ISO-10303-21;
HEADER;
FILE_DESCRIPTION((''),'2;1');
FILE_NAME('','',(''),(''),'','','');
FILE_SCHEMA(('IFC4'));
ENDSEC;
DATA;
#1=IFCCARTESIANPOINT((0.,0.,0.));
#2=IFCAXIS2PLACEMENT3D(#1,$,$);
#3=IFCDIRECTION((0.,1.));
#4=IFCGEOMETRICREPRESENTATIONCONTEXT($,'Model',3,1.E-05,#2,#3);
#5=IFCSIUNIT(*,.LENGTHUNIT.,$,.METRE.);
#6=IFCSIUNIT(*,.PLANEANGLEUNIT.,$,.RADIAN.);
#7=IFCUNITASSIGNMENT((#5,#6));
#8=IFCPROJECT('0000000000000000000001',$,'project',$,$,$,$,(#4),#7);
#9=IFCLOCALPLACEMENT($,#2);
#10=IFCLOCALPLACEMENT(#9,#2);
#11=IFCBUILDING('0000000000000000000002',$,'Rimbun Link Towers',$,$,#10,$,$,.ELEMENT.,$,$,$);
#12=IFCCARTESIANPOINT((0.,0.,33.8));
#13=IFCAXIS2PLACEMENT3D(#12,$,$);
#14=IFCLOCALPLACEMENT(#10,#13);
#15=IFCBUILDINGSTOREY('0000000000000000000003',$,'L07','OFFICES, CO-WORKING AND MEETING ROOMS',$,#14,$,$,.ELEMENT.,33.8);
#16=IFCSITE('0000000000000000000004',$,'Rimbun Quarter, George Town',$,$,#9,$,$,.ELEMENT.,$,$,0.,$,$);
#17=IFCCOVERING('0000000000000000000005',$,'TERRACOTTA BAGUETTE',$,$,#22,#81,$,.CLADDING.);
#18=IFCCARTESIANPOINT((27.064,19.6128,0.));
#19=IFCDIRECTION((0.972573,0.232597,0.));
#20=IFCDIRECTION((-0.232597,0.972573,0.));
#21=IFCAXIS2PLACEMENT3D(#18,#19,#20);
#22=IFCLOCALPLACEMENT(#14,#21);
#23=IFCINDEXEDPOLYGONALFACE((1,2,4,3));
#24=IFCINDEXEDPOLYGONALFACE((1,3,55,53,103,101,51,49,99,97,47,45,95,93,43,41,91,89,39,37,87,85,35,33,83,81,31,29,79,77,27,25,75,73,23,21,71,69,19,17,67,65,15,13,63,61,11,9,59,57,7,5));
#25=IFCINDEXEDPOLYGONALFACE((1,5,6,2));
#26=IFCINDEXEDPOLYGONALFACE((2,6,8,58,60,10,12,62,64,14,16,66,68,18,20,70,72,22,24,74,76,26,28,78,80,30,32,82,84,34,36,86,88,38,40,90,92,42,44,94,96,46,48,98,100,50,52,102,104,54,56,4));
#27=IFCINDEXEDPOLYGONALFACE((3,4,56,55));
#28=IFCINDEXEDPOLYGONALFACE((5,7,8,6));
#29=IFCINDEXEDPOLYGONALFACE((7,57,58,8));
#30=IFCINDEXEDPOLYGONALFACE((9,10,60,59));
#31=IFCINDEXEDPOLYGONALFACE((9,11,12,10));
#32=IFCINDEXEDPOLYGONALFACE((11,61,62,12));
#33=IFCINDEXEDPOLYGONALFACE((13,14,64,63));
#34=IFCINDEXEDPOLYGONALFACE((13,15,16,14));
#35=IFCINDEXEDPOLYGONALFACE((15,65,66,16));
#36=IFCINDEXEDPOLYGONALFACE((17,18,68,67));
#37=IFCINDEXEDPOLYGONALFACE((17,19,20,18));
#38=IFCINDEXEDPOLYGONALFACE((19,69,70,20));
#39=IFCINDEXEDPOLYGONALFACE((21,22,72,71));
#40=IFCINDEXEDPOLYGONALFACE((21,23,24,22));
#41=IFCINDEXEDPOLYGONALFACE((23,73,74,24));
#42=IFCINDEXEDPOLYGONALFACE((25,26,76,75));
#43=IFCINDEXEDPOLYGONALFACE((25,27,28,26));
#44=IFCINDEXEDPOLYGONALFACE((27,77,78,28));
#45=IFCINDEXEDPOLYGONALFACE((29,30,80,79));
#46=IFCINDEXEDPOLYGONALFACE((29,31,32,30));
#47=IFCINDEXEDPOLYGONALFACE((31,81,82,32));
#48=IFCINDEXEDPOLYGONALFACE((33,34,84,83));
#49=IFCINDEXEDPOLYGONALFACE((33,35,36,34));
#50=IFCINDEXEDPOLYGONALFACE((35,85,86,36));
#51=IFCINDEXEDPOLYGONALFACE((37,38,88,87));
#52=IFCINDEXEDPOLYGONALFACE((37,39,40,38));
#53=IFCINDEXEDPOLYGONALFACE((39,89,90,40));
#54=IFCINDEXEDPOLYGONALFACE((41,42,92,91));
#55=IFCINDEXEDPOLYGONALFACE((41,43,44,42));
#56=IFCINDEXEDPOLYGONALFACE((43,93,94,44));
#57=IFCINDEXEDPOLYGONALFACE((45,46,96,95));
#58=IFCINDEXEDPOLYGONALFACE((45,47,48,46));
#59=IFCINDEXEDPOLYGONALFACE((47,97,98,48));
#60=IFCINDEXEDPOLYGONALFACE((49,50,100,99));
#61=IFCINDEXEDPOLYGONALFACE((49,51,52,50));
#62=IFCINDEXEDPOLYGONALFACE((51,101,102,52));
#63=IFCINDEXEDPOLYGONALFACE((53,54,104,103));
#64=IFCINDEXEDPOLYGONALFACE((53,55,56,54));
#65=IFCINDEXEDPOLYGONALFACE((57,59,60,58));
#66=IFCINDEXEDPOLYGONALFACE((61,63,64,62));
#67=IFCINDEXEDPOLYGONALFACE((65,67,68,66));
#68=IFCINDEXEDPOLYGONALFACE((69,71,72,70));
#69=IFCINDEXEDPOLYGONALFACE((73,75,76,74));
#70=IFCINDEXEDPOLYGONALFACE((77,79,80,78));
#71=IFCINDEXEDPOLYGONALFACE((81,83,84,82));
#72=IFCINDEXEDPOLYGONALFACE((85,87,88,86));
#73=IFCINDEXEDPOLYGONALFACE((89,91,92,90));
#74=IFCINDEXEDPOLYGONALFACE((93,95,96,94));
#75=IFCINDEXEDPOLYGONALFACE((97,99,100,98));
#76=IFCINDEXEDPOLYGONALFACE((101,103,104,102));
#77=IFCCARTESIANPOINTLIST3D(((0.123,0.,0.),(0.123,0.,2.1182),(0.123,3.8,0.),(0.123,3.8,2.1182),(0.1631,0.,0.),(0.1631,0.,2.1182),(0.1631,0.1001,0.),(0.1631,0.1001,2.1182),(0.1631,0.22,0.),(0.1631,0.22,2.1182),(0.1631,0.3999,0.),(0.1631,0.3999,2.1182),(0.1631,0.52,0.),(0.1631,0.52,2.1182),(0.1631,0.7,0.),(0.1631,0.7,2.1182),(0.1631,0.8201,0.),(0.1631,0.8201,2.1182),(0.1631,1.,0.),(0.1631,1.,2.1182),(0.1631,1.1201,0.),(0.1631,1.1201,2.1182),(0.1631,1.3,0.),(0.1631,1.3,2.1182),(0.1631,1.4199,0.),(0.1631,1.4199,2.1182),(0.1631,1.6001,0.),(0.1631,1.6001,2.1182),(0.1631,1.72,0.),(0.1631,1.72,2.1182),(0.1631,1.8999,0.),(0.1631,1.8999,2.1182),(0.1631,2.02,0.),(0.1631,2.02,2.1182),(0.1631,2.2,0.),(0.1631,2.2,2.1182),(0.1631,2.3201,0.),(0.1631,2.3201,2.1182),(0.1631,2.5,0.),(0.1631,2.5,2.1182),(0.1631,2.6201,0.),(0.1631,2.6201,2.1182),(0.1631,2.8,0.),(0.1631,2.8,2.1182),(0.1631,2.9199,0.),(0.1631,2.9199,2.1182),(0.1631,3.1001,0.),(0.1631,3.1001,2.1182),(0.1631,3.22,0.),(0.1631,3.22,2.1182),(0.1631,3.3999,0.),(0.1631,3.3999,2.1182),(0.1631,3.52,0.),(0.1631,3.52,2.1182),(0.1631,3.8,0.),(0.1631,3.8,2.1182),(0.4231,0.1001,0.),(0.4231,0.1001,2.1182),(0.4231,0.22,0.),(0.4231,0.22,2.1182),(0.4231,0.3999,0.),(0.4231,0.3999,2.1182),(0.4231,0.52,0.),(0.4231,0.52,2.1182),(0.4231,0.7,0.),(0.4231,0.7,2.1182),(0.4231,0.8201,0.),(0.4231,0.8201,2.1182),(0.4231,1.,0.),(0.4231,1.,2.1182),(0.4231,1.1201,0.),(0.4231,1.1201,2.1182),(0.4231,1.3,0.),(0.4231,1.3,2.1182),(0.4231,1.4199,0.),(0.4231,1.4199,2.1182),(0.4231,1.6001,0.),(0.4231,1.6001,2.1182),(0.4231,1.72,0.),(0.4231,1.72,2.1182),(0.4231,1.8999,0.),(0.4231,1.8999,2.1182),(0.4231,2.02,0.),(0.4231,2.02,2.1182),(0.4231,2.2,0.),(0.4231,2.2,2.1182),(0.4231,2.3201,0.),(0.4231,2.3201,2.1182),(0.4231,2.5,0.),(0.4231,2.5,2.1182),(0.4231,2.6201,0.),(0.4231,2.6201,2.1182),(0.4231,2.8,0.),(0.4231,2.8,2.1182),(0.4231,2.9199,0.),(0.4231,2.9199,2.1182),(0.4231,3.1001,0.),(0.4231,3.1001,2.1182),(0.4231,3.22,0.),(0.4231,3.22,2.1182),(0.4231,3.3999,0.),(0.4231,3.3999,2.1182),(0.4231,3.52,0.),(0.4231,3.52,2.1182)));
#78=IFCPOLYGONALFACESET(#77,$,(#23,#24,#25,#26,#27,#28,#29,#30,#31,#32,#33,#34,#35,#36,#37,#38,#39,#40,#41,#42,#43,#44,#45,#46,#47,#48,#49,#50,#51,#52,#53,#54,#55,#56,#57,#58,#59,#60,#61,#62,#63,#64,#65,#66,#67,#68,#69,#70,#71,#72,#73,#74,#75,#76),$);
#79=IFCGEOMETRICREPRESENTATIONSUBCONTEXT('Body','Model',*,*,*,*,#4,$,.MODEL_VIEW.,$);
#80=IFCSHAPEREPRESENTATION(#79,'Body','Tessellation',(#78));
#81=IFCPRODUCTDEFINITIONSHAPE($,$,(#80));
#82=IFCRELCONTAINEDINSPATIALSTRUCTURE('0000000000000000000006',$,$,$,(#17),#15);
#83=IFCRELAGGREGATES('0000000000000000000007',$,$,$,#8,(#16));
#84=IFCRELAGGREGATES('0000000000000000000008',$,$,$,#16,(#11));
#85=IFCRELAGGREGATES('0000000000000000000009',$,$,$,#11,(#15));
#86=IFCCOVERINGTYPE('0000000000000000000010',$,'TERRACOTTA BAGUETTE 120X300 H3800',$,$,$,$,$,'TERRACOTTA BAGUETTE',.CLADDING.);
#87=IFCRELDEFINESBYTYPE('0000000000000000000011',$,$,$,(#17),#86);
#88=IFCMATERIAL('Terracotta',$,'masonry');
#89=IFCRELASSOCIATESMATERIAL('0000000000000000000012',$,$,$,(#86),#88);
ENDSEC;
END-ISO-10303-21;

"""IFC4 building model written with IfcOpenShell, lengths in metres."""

from ifc_helpers import new_model, si_unit, direction, frame, origin, place, context, subcontext, project, spatial, polyline, outline, extrude, material, material_profile, profile_set, type_object, element, save


model = new_model("IFC4")

# Units and contexts
model_context = context("Model", 3, precision=1e-05, world=origin(), true_north=direction((0.0, 1.0)))
body_context = subcontext(model_context, "Body", "Model", "MODEL_VIEW")
ifc_project = project(units=[si_unit("LENGTHUNIT", "METRE"), si_unit("PLANEANGLEUNIT", "RADIAN")], contexts=[model_context])

# Site, building, storey
site_placement = place(None, origin())
site = spatial("IfcSite", under=ifc_project, at=site_placement, Name="Rimbun Quarter, George Town", CompositionType="ELEMENT", RefElevation=0.0)
building_placement = place(site_placement, origin())
building = spatial("IfcBuilding", under=site, at=building_placement, Name="Rimbun Link Towers", CompositionType="ELEMENT")
storey_placement = place(building_placement, frame((0.0, 0.0, 33.8)))
storey = spatial("IfcBuildingStorey", under=building, at=storey_placement, Name="L07", Description="OFFICES, CO-WORKING AND MEETING ROOMS", CompositionType="ELEMENT", Elevation=33.8)

# Covering
ifc_material_1 = material(Name="Terracotta", Category="masonry")
ifc_material_profile_1 = material_profile(ifc_material_1, outline(polyline([(0.123, 0.0), (0.1631, 0.0), (0.1631, 0.1001), (0.4231, 0.1001), (0.4231, 0.22), (0.1631, 0.22), (0.1631, 0.3999), (0.4231, 0.3999), (0.4231, 0.52), (0.1631, 0.52), (0.1631, 0.7), (0.4231, 0.7), (0.4231, 0.8201), (0.1631, 0.8201), (0.1631, 1.0), (0.4231, 1.0), (0.4231, 1.1201), (0.1631, 1.1201), (0.1631, 1.3), (0.4231, 1.3), (0.4231, 1.4199), (0.1631, 1.4199), (0.1631, 1.6001), (0.4231, 1.6001), (0.4231, 1.72), (0.1631, 1.72), (0.1631, 1.8999), (0.4231, 1.8999), (0.4231, 2.02), (0.1631, 2.02), (0.1631, 2.2), (0.4231, 2.2), (0.4231, 2.3201), (0.1631, 2.3201), (0.1631, 2.5), (0.4231, 2.5), (0.4231, 2.6201), (0.1631, 2.6201), (0.1631, 2.8), (0.4231, 2.8), (0.4231, 2.9199), (0.1631, 2.9199), (0.1631, 3.1001), (0.4231, 3.1001), (0.4231, 3.22), (0.1631, 3.22), (0.1631, 3.3999), (0.4231, 3.3999), (0.4231, 3.52), (0.1631, 3.52), (0.1631, 3.8), (0.123, 3.8), (0.123, 0.0)])), Name="BAGUETTE 120X300")
ifc_profile_set_1 = profile_set([ifc_material_profile_1], Name="Terracotta")
covering_type = type_object("IfcCoveringType", Name="TERRACOTTA BAGUETTE 120X300 H3800", ElementType="TERRACOTTA BAGUETTE", PredefinedType="CLADDING", material=ifc_profile_set_1)
covering_1_placement = place(storey_placement, frame((27.064, 19.6128, 0.0), z_axis=(0.972573, 0.232597, 0.0), x_axis=(-0.232597, 0.972573, 0.0)))
element("IfcCovering", 1, at=covering_1_placement, inside=storey, type_object=covering_type, Name="TERRACOTTA BAGUETTE", PredefinedType="CLADDING", context=body_context, shape_type="SweptSolid", body=[
    extrude(outline(polyline([(0.123, 0.0), (0.1631, 0.0), (0.1631, 0.1001), (0.4231, 0.1001), (0.4231, 0.22), (0.1631, 0.22), (0.1631, 0.3999), (0.4231, 0.3999), (0.4231, 0.52), (0.1631, 0.52), (0.1631, 0.7), (0.4231, 0.7), (0.4231, 0.8201), (0.1631, 0.8201), (0.1631, 1.0), (0.4231, 1.0), (0.4231, 1.1201), (0.1631, 1.1201), (0.1631, 1.3), (0.4231, 1.3), (0.4231, 1.4199), (0.1631, 1.4199), (0.1631, 1.6001), (0.4231, 1.6001), (0.4231, 1.72), (0.1631, 1.72), (0.1631, 1.8999), (0.4231, 1.8999), (0.4231, 2.02), (0.1631, 2.02), (0.1631, 2.2), (0.4231, 2.2), (0.4231, 2.3201), (0.1631, 2.3201), (0.1631, 2.5), (0.4231, 2.5), (0.4231, 2.6201), (0.1631, 2.6201), (0.1631, 2.8), (0.4231, 2.8), (0.4231, 2.9199), (0.1631, 2.9199), (0.1631, 3.1001), (0.4231, 3.1001), (0.4231, 3.22), (0.1631, 3.22), (0.1631, 3.3999), (0.4231, 3.3999), (0.4231, 3.52), (0.1631, 3.52), (0.1631, 3.8), (0.123, 3.8), (0.123, 0.0)])), origin(), (0.0, 0.0, 1.0), 2.1182),
])

save(model, "model.ifc")
